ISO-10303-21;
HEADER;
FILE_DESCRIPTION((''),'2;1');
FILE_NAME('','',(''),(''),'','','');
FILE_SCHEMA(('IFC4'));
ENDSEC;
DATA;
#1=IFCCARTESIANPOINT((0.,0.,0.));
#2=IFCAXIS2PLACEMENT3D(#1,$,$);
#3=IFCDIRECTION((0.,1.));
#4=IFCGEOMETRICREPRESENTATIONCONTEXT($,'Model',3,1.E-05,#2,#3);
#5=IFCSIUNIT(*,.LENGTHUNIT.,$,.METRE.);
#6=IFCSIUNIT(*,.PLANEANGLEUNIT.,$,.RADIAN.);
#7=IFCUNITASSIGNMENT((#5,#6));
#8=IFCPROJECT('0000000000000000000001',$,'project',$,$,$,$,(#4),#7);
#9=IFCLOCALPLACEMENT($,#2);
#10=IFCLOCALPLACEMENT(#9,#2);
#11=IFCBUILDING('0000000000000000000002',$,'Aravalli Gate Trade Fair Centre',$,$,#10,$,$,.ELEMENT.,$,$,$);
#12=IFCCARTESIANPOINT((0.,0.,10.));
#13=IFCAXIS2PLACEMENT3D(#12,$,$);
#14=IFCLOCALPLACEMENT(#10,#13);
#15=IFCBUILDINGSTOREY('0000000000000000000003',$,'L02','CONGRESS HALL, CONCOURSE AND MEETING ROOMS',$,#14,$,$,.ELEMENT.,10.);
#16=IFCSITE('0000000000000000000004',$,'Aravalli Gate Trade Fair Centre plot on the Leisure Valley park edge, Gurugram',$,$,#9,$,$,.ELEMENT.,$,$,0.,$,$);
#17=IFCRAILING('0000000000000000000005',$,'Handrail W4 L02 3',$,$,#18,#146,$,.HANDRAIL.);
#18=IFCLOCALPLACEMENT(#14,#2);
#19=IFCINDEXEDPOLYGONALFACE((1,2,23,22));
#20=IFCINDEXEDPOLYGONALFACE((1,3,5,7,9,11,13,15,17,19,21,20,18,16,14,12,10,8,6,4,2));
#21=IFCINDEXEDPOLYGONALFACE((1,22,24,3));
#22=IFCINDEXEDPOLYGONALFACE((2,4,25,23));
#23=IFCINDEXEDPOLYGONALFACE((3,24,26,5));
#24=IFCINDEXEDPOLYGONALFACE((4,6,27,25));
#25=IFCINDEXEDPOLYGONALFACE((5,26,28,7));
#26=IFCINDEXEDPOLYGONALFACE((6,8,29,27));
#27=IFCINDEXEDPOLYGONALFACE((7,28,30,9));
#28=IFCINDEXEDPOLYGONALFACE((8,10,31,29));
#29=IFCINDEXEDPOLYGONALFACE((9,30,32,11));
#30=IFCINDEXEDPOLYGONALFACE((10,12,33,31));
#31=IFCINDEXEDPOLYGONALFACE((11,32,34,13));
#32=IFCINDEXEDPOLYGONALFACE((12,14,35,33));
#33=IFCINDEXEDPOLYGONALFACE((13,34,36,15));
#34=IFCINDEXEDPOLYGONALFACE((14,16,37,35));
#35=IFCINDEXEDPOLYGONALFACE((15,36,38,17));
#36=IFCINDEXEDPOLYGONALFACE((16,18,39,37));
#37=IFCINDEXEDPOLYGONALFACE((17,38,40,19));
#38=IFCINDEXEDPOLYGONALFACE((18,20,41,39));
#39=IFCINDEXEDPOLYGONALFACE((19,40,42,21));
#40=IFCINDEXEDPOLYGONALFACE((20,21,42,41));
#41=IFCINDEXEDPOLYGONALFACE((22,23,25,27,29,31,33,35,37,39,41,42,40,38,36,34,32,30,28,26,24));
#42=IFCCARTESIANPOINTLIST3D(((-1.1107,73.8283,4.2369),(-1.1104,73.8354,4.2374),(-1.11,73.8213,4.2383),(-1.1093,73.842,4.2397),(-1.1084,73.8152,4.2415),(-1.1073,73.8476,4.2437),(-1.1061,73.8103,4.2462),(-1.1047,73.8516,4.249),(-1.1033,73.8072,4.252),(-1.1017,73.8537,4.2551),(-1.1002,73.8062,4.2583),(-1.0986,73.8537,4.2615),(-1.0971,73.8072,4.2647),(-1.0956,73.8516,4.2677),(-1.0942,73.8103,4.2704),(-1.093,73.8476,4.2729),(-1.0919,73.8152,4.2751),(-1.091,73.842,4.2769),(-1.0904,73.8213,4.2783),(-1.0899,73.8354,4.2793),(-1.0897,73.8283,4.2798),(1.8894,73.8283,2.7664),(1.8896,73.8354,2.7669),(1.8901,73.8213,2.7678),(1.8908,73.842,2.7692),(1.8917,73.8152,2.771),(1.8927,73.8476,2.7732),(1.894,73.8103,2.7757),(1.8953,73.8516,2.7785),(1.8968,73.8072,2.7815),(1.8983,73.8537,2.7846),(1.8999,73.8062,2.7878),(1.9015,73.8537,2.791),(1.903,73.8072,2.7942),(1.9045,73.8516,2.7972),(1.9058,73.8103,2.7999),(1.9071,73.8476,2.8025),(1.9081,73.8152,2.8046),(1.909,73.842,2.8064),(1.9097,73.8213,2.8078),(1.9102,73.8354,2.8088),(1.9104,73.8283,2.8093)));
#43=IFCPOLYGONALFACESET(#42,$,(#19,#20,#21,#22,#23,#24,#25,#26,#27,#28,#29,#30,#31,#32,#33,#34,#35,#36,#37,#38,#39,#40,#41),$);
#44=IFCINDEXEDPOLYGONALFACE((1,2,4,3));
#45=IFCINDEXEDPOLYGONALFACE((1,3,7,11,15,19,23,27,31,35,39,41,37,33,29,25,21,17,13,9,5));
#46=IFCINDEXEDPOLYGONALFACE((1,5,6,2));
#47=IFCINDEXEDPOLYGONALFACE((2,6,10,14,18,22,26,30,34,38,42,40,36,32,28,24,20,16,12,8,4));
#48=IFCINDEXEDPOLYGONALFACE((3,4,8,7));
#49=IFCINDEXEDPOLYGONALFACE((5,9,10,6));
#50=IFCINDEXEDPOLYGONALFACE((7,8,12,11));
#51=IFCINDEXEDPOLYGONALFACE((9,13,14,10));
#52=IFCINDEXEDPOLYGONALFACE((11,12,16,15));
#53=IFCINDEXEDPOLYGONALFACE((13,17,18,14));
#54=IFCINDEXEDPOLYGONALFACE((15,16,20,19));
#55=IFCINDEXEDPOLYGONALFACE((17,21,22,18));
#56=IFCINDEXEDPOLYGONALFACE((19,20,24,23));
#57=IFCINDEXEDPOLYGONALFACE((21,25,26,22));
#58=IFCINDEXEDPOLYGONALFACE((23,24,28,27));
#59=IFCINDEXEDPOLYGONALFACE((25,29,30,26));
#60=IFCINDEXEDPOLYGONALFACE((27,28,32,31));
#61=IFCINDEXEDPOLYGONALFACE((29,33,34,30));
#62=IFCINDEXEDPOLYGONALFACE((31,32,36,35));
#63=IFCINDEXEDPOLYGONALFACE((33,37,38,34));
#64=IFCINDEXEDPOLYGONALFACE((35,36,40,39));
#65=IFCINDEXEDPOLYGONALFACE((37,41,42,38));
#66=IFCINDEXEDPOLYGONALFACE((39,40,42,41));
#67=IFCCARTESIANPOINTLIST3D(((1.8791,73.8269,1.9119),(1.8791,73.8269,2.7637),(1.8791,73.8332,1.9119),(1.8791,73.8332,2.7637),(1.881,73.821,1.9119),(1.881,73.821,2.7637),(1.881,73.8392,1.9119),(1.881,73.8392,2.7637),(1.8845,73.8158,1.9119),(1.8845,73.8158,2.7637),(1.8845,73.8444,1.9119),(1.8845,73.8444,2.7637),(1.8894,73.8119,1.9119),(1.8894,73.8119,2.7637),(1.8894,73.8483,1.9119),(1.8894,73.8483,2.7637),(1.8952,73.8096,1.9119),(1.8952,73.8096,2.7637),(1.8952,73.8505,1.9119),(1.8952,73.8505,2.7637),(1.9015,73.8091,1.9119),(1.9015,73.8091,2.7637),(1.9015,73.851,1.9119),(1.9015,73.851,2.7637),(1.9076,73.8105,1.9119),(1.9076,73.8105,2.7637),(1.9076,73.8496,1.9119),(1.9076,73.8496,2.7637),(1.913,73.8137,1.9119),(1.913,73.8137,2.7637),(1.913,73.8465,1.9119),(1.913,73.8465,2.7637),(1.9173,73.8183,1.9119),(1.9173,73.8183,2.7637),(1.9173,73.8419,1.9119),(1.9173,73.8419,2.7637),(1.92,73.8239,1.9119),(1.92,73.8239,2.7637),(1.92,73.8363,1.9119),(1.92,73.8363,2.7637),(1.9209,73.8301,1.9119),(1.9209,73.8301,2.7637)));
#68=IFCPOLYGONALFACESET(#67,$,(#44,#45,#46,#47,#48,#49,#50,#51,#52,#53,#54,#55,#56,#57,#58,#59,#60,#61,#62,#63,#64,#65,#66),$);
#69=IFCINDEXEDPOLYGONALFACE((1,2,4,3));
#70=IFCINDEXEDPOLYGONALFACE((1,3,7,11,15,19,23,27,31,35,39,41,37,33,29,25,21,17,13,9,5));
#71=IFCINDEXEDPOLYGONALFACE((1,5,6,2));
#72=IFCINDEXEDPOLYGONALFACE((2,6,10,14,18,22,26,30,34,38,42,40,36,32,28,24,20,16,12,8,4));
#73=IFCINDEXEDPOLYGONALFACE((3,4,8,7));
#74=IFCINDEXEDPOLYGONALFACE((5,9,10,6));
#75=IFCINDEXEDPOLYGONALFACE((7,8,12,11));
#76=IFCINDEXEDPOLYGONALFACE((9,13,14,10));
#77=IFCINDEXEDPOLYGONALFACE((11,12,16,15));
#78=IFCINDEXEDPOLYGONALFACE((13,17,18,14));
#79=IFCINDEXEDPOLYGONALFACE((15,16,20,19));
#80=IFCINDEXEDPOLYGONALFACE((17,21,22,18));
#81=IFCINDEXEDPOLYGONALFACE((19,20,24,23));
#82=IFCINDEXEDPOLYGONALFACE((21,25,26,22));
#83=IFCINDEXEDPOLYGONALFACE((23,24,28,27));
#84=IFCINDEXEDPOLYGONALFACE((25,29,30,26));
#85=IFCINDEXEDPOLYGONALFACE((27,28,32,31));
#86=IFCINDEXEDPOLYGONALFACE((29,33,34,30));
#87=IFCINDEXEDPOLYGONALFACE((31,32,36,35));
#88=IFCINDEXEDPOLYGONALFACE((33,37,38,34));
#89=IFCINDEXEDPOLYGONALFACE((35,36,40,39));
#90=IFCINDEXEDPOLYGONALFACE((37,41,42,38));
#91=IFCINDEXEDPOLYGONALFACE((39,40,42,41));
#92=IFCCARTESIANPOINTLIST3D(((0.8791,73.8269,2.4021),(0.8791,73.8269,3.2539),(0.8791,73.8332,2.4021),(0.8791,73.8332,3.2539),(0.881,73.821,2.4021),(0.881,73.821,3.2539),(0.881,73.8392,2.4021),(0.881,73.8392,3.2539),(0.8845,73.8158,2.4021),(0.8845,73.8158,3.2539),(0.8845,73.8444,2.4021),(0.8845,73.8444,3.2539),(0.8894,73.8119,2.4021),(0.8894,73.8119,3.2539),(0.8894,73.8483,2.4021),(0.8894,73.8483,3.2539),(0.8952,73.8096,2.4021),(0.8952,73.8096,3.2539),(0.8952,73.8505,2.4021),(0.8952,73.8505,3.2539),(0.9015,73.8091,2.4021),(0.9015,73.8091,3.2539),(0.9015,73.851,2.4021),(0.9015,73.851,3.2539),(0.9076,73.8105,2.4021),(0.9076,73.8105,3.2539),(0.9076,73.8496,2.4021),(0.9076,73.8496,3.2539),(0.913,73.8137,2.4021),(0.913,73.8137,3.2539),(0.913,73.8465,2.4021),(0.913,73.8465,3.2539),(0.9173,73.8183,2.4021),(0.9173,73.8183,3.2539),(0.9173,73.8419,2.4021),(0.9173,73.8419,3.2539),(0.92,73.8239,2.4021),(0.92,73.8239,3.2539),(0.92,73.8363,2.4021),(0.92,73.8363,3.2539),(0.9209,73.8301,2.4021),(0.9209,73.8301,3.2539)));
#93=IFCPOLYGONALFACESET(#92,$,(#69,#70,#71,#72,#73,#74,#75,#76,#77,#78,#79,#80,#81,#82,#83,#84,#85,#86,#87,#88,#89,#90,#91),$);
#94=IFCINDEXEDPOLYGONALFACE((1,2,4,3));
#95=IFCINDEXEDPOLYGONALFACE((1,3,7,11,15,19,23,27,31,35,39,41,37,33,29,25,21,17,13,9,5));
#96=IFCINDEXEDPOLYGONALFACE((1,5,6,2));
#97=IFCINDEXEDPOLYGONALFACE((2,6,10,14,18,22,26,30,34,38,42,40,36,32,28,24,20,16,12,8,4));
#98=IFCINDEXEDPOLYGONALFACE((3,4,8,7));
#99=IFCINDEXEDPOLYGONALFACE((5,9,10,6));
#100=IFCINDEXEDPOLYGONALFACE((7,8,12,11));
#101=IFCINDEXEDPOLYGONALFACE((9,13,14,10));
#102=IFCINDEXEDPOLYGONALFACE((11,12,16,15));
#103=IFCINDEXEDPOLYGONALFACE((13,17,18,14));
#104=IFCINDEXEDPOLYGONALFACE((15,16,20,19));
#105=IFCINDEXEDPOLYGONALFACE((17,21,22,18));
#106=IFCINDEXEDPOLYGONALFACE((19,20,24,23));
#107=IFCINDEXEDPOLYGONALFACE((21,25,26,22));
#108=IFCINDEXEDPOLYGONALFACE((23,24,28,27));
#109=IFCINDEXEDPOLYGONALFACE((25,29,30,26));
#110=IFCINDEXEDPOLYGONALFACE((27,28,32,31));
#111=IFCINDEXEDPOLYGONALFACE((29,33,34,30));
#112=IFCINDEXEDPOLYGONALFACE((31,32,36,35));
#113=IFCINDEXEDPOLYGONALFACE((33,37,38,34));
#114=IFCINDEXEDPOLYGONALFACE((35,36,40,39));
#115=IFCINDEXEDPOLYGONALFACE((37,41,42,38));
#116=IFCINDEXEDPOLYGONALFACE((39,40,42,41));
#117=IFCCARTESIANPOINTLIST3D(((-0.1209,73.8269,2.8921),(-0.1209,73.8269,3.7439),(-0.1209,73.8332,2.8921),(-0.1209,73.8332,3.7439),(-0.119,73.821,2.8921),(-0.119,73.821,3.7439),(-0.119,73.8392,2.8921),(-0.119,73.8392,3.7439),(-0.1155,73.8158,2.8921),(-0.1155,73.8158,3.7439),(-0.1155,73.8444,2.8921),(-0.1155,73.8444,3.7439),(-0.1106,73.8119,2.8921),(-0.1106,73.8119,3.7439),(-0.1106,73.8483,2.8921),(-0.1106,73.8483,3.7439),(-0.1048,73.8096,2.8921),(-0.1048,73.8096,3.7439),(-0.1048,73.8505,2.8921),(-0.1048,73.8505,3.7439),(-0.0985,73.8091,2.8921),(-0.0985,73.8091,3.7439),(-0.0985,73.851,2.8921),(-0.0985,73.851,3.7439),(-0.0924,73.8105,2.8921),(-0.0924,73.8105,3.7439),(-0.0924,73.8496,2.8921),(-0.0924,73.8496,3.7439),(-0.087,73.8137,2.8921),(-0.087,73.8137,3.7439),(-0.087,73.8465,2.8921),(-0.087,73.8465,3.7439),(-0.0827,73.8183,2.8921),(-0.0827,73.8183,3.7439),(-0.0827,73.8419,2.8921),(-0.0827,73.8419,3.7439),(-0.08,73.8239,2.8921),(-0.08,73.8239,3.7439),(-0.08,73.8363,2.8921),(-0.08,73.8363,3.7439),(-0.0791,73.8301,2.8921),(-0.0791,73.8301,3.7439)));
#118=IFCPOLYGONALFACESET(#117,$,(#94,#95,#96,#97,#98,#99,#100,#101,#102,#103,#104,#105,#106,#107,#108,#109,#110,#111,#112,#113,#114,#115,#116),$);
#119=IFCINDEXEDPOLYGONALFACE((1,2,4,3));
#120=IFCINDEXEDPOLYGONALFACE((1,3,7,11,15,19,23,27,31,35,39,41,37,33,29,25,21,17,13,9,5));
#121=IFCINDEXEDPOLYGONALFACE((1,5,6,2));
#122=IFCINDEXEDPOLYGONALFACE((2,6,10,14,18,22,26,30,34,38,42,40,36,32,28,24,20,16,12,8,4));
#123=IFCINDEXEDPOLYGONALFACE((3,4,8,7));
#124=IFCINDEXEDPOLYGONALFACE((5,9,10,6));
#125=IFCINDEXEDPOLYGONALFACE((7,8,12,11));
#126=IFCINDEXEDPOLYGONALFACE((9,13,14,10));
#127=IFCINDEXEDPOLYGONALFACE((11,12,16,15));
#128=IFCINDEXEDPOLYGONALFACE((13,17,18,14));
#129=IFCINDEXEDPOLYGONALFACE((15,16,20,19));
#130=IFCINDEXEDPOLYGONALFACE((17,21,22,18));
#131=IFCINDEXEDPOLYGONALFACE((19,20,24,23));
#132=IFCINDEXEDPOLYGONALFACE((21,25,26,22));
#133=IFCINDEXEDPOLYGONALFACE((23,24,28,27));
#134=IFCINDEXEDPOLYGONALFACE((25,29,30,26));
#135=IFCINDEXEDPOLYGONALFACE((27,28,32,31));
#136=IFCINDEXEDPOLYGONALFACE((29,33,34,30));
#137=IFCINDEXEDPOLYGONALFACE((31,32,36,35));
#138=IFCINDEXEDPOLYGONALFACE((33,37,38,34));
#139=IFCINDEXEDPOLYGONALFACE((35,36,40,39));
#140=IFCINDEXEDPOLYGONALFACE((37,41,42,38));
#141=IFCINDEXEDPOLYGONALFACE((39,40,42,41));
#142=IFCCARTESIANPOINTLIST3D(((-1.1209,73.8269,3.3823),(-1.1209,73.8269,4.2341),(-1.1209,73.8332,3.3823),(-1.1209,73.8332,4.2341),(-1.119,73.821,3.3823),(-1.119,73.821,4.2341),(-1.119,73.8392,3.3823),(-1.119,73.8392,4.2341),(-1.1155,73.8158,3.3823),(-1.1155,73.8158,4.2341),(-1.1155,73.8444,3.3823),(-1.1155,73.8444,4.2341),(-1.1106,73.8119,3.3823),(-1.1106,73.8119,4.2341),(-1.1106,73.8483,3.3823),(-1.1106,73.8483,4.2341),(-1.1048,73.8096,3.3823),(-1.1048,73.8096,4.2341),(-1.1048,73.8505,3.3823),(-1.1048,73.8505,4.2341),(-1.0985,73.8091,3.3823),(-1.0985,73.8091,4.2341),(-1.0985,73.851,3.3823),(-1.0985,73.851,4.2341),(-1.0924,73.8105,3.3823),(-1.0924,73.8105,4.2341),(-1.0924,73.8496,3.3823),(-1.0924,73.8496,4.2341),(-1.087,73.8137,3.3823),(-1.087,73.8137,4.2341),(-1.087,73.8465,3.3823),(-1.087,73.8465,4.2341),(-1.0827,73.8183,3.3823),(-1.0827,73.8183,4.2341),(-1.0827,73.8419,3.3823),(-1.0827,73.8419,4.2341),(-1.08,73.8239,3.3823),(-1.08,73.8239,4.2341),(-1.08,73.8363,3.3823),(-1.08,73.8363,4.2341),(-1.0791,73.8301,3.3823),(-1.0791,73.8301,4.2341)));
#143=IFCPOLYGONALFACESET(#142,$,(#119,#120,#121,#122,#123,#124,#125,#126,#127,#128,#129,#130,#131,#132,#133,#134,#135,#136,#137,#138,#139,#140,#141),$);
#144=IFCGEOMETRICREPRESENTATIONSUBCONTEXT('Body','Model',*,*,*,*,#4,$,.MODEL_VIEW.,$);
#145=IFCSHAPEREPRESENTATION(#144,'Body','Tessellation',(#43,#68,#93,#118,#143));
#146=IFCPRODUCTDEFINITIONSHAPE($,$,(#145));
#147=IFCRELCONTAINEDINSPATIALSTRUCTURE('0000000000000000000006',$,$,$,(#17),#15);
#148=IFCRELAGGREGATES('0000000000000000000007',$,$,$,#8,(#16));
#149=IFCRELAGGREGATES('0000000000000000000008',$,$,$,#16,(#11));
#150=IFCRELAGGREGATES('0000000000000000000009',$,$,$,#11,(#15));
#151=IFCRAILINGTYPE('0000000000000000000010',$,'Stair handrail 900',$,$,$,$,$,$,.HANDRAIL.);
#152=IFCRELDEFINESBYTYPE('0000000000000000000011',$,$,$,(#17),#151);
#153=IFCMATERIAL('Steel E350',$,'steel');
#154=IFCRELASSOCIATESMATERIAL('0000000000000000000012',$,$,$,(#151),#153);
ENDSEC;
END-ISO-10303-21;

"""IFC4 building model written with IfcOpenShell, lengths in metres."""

from ifc_helpers import new_model, si_unit, direction, frame, origin, origin_2d, place, context, subcontext, project, spatial, circle, extrude, material, type_object, element, save


model = new_model("IFC4")

# Units and contexts
model_context = context("Model", 3, precision=1e-05, world=origin(), true_north=direction((0.0, 1.0)))
body_context = subcontext(model_context, "Body", "Model", "MODEL_VIEW")
ifc_project = project(units=[si_unit("LENGTHUNIT", "METRE"), si_unit("PLANEANGLEUNIT", "RADIAN")], contexts=[model_context])

# Site, building, storey
site_placement = place(None, origin())
site = spatial("IfcSite", under=ifc_project, at=site_placement, Name="Aravalli Gate Trade Fair Centre plot on the Leisure Valley park edge, Gurugram", CompositionType="ELEMENT", RefElevation=0.0)
building_placement = place(site_placement, origin())
building = spatial("IfcBuilding", under=site, at=building_placement, Name="Aravalli Gate Trade Fair Centre", CompositionType="ELEMENT")
storey_placement = place(building_placement, frame((0.0, 0.0, 10.0)))
storey = spatial("IfcBuildingStorey", under=building, at=storey_placement, Name="L02", Description="CONGRESS HALL, CONCOURSE AND MEETING ROOMS", CompositionType="ELEMENT", Elevation=10.0)

# Railing
ifc_material_1 = material(Name="Steel E350", Category="steel")
railing_type_1 = type_object("IfcRailingType", Name="Stair handrail 900", PredefinedType="HANDRAIL", material=ifc_material_1)
railing_1_placement = place(storey_placement, frame((1.8999, 73.8301, 1.9119)))
element("IfcRailing", 1, at=railing_1_placement, inside=storey, type_object=railing_type_1, Name="Handrail W4 L02 3", PredefinedType="HANDRAIL", context=body_context, shape_type="SweptSolid", body=[
    extrude(circle(Radius=0.0239, at=origin_2d()), frame((0.0, 0.0, 0.876), z_axis=(-0.897936, 0.0, 0.440126), x_axis=(0.0, -1.0, 0.0)), (0.0, 0.0, 1.0), 3.3411),
    extrude(circle(Radius=0.021, at=origin_2d()), origin(), (0.0, 0.0, 1.0), 0.8518),
    extrude(circle(Radius=0.021, at=origin_2d()), frame((-1.0, 0.0, 0.4902)), (0.0, 0.0, 1.0), 0.8518),
    extrude(circle(Radius=0.021, at=origin_2d()), frame((-2.0, 0.0, 0.9802)), (0.0, 0.0, 1.0), 0.8518),
    extrude(circle(Radius=0.021, at=origin_2d()), frame((-3.0, 0.0, 1.4705)), (0.0, 0.0, 1.0), 0.8518),
])

save(model, "model.ifc")
